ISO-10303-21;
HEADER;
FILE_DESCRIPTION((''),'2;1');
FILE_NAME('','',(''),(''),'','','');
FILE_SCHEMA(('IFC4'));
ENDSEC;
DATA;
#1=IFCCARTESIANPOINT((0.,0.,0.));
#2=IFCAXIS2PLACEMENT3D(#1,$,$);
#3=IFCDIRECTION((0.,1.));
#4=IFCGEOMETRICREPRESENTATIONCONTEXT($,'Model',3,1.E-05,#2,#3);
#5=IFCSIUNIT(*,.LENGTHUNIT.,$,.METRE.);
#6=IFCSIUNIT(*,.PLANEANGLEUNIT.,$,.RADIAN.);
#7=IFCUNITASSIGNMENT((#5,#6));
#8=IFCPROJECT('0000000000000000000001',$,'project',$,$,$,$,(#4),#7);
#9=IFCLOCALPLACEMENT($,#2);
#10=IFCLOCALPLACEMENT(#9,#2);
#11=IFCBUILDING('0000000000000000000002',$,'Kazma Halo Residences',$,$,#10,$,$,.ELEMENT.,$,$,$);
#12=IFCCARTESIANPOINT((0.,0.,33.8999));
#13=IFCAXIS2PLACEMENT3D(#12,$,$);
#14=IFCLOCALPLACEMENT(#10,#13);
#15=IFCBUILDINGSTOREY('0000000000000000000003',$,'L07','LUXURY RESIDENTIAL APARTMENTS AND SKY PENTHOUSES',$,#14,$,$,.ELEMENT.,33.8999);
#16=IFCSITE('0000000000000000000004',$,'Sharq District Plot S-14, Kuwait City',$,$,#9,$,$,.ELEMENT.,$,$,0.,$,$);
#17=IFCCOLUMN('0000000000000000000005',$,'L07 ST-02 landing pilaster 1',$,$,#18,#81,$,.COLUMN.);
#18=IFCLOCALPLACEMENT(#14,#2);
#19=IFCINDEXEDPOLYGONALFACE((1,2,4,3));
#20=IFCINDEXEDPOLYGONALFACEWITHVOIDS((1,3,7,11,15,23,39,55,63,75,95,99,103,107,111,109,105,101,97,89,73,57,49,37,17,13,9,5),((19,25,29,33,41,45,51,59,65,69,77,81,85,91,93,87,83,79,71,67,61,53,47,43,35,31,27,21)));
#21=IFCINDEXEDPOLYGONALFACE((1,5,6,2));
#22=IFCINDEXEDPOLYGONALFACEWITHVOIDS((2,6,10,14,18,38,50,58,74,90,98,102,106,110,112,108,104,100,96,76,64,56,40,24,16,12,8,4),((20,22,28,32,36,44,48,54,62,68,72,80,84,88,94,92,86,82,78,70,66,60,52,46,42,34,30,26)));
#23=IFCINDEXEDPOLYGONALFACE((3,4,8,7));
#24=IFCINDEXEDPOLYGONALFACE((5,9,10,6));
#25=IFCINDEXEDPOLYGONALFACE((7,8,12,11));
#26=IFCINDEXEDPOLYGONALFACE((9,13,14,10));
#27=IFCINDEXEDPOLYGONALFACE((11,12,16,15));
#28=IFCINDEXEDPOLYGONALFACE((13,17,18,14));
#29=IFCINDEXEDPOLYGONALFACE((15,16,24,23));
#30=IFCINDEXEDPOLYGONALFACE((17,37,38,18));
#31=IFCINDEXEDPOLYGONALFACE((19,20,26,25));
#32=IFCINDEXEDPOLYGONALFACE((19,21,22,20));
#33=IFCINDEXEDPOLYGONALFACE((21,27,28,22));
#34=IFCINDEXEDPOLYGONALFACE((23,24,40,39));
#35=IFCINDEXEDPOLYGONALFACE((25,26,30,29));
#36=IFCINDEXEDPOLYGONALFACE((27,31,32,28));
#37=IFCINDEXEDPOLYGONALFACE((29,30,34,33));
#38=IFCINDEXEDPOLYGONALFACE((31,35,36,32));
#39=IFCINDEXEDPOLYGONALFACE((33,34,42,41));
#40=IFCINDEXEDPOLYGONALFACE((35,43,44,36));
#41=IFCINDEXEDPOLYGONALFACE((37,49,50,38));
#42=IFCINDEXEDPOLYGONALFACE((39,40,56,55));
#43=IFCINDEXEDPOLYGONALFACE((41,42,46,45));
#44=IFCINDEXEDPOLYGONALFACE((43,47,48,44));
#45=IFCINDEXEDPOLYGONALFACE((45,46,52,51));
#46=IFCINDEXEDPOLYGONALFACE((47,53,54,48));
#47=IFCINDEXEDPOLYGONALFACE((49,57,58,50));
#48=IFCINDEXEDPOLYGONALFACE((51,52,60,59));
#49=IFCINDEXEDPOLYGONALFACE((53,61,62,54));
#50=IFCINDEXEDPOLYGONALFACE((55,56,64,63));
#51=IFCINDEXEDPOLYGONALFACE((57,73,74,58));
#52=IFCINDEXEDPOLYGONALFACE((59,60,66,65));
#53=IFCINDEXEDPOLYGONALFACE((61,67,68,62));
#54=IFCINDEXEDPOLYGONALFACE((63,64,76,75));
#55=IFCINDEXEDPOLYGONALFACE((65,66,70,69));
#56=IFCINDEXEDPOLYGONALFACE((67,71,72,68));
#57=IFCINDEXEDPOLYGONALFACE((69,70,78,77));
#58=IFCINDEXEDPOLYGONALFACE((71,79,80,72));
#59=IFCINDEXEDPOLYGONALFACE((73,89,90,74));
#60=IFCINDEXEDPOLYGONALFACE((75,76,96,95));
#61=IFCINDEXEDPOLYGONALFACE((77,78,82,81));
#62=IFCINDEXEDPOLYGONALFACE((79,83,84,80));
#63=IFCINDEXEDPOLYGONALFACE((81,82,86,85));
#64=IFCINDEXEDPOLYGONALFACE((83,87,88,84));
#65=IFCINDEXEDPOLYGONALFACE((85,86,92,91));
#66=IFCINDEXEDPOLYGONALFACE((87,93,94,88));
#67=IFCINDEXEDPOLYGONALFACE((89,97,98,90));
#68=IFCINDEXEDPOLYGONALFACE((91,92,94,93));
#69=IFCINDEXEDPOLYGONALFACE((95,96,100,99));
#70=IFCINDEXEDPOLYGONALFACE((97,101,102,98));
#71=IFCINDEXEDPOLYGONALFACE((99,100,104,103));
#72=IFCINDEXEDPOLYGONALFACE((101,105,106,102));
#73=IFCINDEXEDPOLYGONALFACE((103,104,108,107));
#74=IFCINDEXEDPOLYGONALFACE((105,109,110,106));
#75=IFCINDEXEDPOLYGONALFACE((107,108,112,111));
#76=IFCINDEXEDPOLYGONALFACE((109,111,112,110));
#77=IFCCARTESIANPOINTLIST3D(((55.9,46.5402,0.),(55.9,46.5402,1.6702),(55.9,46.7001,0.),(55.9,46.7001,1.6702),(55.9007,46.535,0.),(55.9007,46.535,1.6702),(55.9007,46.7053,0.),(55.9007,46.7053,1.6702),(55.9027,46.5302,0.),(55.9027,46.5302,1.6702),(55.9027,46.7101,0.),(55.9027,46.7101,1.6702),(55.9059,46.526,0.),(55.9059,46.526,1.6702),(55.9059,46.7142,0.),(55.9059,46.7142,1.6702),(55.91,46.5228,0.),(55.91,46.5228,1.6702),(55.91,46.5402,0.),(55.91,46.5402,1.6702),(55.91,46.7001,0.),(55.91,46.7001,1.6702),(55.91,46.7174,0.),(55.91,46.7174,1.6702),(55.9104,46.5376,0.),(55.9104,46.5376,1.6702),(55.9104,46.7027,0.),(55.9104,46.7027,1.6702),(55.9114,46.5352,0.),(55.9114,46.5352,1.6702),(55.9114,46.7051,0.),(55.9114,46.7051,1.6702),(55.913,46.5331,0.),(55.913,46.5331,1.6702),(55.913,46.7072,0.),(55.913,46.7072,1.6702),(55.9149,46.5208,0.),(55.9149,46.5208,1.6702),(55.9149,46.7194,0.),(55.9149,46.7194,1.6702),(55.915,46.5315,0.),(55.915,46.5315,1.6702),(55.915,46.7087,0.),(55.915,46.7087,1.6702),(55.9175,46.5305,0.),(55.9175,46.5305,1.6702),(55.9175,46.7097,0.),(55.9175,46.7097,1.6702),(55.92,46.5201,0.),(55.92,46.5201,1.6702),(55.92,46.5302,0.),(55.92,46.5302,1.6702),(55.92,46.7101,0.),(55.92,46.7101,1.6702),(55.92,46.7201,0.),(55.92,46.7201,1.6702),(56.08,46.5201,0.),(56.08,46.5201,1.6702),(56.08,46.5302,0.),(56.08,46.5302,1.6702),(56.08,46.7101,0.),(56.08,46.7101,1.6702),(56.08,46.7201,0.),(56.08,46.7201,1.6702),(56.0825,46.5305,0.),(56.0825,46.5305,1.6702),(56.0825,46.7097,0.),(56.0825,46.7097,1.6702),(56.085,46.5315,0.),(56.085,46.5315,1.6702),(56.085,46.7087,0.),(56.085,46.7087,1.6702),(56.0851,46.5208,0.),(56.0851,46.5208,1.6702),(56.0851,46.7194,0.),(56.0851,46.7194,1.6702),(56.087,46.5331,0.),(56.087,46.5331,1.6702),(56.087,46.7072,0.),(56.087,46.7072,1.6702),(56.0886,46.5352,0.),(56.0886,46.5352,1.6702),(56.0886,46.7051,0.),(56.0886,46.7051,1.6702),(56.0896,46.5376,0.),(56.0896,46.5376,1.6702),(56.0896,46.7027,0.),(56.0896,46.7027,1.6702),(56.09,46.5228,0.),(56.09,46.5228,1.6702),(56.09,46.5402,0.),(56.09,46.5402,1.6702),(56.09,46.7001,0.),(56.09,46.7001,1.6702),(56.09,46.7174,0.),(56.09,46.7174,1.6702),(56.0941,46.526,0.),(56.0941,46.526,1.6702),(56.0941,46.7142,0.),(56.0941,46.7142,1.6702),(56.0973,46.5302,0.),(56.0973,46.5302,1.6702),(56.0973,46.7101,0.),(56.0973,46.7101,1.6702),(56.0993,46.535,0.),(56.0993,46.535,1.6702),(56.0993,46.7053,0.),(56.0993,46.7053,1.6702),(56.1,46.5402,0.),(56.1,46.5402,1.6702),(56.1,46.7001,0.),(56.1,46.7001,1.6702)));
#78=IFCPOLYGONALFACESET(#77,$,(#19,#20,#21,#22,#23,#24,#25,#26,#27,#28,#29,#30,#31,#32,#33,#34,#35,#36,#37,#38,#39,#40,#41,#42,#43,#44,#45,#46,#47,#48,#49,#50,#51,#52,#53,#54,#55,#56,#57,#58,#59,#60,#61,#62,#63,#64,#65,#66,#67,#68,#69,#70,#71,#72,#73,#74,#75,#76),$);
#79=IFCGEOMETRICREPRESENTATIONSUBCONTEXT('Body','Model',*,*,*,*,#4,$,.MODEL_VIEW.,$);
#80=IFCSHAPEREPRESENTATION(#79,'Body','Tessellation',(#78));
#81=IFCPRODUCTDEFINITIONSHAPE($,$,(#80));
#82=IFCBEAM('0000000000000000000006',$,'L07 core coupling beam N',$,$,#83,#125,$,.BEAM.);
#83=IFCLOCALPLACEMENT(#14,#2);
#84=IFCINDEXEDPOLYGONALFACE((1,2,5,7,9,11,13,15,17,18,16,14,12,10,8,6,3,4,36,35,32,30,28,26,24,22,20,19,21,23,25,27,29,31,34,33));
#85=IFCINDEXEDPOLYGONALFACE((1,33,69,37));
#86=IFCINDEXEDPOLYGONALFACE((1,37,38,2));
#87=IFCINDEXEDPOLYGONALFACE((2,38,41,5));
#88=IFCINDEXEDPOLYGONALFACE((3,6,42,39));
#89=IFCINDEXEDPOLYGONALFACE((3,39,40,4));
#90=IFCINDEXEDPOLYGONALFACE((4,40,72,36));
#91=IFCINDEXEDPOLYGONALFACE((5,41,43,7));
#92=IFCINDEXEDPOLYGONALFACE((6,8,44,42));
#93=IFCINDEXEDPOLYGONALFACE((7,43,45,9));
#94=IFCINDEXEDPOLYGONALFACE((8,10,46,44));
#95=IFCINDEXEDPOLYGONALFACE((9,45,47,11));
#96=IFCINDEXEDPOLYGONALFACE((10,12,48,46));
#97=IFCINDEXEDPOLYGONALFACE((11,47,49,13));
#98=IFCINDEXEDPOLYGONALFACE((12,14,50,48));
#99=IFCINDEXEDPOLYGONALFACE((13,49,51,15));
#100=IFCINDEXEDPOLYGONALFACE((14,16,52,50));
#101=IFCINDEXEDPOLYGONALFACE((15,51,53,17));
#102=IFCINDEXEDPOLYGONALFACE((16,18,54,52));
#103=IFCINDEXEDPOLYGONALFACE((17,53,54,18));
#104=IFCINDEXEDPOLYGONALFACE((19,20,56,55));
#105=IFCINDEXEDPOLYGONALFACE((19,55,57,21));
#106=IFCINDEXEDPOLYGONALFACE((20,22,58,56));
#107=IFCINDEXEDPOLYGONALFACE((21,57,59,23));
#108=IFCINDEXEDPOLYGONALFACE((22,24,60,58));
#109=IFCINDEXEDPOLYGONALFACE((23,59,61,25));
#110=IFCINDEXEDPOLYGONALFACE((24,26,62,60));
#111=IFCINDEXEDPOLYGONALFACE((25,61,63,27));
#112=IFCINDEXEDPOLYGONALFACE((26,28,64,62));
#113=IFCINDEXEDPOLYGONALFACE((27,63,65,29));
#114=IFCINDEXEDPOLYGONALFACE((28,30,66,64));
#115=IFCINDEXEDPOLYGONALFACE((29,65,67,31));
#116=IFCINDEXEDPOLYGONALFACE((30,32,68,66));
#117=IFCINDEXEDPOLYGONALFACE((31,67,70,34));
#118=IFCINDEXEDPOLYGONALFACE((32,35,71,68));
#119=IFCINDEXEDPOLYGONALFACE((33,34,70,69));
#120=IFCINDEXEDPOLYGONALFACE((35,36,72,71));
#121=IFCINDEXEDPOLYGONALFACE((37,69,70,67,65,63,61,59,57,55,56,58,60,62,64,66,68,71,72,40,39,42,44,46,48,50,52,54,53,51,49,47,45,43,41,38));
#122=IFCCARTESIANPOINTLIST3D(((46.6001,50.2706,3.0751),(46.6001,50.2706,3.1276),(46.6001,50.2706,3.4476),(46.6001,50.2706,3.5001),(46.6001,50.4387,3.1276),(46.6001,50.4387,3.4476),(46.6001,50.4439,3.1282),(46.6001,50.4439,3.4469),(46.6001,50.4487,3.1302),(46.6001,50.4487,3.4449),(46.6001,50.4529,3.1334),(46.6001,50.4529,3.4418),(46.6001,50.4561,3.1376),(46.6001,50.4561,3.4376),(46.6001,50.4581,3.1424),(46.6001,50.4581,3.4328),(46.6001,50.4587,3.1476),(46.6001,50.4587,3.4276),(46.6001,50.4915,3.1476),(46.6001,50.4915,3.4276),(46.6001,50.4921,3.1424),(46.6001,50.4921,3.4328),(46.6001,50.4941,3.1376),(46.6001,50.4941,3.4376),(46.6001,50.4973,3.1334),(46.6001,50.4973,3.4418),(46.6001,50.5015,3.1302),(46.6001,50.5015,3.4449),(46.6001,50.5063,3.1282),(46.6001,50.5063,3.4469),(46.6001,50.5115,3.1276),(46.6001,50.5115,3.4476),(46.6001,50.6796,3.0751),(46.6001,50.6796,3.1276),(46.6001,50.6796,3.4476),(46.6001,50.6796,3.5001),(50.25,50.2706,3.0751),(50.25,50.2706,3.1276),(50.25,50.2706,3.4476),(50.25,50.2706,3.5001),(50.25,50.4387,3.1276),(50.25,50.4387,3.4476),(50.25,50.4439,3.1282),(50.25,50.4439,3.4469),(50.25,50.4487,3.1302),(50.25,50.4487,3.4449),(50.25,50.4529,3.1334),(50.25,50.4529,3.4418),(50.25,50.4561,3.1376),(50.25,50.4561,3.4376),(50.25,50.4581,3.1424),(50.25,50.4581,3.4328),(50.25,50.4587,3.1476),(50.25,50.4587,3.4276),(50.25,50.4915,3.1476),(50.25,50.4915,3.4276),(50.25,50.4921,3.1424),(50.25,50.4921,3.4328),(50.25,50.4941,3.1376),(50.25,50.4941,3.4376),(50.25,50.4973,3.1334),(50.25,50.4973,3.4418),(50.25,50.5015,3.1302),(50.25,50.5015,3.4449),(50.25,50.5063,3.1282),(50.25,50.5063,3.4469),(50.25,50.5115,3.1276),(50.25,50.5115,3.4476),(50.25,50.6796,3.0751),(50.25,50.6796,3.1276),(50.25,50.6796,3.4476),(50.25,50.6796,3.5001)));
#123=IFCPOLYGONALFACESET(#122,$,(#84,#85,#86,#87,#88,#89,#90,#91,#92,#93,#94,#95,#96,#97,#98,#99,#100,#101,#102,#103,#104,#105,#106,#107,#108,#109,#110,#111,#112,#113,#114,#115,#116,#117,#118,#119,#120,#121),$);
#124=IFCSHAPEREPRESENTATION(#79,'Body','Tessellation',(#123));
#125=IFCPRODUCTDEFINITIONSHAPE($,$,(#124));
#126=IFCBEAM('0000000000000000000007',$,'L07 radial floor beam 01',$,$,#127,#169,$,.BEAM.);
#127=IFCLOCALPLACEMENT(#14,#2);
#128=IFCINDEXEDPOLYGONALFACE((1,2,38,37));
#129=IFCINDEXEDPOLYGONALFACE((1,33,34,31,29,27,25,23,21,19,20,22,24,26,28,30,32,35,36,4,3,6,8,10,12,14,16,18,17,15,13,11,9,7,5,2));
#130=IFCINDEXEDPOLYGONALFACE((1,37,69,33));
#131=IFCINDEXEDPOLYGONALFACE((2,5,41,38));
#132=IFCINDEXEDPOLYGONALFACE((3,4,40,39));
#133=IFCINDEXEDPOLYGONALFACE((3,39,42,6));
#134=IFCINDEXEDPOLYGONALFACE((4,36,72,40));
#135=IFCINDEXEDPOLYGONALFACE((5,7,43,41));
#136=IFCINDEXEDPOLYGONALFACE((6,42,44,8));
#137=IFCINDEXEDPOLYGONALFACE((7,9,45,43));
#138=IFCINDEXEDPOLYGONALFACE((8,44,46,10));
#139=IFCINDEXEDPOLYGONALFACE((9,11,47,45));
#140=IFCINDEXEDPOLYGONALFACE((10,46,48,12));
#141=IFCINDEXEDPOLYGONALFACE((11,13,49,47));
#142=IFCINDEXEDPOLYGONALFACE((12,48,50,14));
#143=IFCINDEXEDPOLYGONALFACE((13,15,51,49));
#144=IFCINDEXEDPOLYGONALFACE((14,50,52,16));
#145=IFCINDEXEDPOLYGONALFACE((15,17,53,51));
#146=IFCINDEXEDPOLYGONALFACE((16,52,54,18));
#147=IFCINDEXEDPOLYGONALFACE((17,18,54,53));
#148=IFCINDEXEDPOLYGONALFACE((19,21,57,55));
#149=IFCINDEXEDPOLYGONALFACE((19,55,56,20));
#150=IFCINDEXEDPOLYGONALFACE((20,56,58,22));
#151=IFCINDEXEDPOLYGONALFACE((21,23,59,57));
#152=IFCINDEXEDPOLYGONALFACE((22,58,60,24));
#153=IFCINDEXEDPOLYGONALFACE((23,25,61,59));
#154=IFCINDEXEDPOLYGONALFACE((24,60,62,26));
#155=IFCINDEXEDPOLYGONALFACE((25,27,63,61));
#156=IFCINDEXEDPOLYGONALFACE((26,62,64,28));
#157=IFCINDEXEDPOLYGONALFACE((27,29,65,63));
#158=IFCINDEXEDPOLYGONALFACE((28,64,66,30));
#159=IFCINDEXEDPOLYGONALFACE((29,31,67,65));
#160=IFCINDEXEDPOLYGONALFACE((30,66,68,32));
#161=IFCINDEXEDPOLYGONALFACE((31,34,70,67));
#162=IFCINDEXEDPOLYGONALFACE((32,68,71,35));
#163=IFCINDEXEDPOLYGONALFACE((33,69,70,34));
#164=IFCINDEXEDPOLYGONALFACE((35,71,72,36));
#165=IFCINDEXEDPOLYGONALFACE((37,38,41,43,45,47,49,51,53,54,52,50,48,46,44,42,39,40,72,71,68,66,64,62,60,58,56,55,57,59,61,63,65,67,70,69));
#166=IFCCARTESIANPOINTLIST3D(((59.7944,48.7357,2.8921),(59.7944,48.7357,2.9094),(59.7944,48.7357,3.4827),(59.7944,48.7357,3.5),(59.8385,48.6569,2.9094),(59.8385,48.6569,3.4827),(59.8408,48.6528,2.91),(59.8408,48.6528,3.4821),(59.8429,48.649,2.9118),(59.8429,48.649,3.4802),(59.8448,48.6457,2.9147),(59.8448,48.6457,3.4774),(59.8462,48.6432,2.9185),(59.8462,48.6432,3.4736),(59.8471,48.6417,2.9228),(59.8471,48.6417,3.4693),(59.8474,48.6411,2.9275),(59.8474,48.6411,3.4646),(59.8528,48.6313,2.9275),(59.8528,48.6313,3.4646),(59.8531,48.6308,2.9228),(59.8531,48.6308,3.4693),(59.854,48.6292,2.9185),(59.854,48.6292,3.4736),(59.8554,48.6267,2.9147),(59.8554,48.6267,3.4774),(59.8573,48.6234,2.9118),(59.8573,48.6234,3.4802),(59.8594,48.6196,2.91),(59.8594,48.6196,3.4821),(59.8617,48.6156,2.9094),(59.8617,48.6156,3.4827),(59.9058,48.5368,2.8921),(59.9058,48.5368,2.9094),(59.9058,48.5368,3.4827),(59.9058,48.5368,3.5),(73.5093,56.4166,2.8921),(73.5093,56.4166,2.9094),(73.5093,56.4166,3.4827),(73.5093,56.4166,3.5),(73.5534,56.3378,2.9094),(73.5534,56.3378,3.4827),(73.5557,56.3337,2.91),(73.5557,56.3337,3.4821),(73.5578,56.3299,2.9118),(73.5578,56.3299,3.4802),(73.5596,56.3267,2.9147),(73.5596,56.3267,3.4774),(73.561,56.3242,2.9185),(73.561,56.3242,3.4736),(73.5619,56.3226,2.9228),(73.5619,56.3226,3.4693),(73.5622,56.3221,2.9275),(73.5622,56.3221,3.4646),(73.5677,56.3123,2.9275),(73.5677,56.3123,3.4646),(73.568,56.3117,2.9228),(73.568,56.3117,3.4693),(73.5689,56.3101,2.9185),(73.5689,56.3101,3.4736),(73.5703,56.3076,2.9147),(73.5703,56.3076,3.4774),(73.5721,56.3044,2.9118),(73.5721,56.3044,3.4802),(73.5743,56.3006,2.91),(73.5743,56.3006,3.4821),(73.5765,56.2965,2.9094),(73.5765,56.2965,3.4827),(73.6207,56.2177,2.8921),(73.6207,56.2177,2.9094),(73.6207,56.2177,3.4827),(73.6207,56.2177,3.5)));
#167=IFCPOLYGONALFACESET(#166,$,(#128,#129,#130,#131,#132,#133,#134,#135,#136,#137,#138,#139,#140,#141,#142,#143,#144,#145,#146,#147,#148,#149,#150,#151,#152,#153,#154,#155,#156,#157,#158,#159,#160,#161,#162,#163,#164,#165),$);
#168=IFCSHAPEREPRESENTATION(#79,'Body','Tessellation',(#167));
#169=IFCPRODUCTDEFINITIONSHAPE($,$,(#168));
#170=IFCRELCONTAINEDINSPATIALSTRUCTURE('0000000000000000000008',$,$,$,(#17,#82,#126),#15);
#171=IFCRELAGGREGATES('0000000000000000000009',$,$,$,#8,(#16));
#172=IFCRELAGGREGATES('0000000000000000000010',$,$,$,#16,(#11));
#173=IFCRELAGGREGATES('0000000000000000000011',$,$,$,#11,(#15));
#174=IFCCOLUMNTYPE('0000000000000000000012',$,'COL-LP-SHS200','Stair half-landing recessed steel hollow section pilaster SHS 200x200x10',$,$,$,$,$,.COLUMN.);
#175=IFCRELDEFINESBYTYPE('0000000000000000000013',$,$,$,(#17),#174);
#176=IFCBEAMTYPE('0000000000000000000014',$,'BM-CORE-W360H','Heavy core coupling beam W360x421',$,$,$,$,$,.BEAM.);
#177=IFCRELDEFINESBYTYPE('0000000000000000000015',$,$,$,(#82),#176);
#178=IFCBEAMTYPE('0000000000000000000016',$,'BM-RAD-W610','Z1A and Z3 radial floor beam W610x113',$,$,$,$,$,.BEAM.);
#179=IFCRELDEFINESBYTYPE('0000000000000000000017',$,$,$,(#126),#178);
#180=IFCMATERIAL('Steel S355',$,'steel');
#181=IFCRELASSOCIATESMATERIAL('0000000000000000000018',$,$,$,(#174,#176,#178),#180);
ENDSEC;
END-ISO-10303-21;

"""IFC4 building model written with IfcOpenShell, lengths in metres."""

from ifc_helpers import new_model, si_unit, direction, frame, origin, origin_2d, place, context, subcontext, project, spatial, hollow_rectangle, i_section, extrude, material, material_profile, profile_set, type_object, element, save


model = new_model("IFC4")

# Units and contexts
model_context = context("Model", 3, precision=1e-05, world=origin(), true_north=direction((0.0, 1.0)))
body_context = subcontext(model_context, "Body", "Model", "MODEL_VIEW")
ifc_project = project(units=[si_unit("LENGTHUNIT", "METRE"), si_unit("PLANEANGLEUNIT", "RADIAN")], contexts=[model_context])

# Site, building, storey
site_placement = place(None, origin())
site = spatial("IfcSite", under=ifc_project, at=site_placement, Name="Sharq District Plot S-14, Kuwait City", CompositionType="ELEMENT", RefElevation=0.0)
building_placement = place(site_placement, origin())
building = spatial("IfcBuilding", under=site, at=building_placement, Name="Kazma Halo Residences", CompositionType="ELEMENT")
storey_placement = place(building_placement, frame((0.0, 0.0, 33.8999)))
storey = spatial("IfcBuildingStorey", under=building, at=storey_placement, Name="L07", Description="LUXURY RESIDENTIAL APARTMENTS AND SKY PENTHOUSES", CompositionType="ELEMENT", Elevation=33.8999)

# Column
ifc_material_1 = material(Name="Steel S355", Category="steel")
ifc_material_profile_1 = material_profile(ifc_material_1, hollow_rectangle(XDim=0.2, YDim=0.2, WallThickness=0.01, InnerFilletRadius=0.01, OuterFilletRadius=0.02, at=origin_2d()), Name="SHS200x200x10")
ifc_profile_set_1 = profile_set([ifc_material_profile_1], Name="Steel S355")
column_type = type_object("IfcColumnType", Name="COL-LP-SHS200", Description="Stair half-landing recessed steel hollow section pilaster SHS 200x200x10", PredefinedType="COLUMN", material=ifc_profile_set_1)
column_placement = place(storey_placement, frame((56.0, 46.6201, 0.0), z_axis=(0.0, 0.0, 1.0), x_axis=(1.0, 0.0, 0.0)))
element("IfcColumn", 1, at=column_placement, inside=storey, type_object=column_type, Name="L07 ST-02 landing pilaster 1", PredefinedType="COLUMN", context=body_context, shape_type="SweptSolid", body=[
    extrude(hollow_rectangle(XDim=0.2, YDim=0.2, WallThickness=0.01, InnerFilletRadius=0.01, OuterFilletRadius=0.02, at=origin_2d()), origin(), (0.0, 0.0, 1.0), 1.6702),
])

# Beams
ifc_material_profile_2 = material_profile(ifc_material_1, i_section(OverallWidth=0.4089, OverallDepth=0.425, WebThickness=0.0327, FlangeThickness=0.0525, FilletRadius=0.02, at=origin_2d()), Name="W360x421")
ifc_profile_set_2 = profile_set([ifc_material_profile_2], Name="Steel S355")
beam_type_1 = type_object("IfcBeamType", Name="BM-CORE-W360H", Description="Heavy core coupling beam W360x421", PredefinedType="BEAM", material=ifc_profile_set_2)
beam_1_placement = place(storey_placement, frame((46.6001, 50.4751, 3.2876), z_axis=(1.0, 0.0, 0.0), x_axis=(0.0, 1.0, 0.0)))
element("IfcBeam", 2, at=beam_1_placement, inside=storey, type_object=beam_type_1, Name="L07 core coupling beam N", PredefinedType="BEAM", context=body_context, shape_type="SweptSolid", body=[
    extrude(i_section(OverallWidth=0.4089, OverallDepth=0.425, WebThickness=0.0327, FlangeThickness=0.0525, FilletRadius=0.02, at=origin_2d()), origin(), (0.0, 0.0, 1.0), 3.6499),
])
ifc_material_profile_3 = material_profile(ifc_material_1, i_section(OverallWidth=0.228, OverallDepth=0.6079, WebThickness=0.0112, FlangeThickness=0.0173, FilletRadius=0.0181, at=origin_2d()), Name="W610x113")
ifc_profile_set_3 = profile_set([ifc_material_profile_3], Name="Steel S355")
beam_type_2 = type_object("IfcBeamType", Name="BM-RAD-W610", Description="Z1A and Z3 radial floor beam W610x113", PredefinedType="BEAM", material=ifc_profile_set_3)
beam_2_placement = place(storey_placement, frame((59.8501, 48.6362, 3.196), z_axis=(0.87249, 0.488632, 0.0), x_axis=(-0.488632, 0.87249, 0.0)))
element("IfcBeam", 3, at=beam_2_placement, inside=storey, type_object=beam_type_2, Name="L07 radial floor beam 01", PredefinedType="BEAM", context=body_context, shape_type="SweptSolid", body=[
    extrude(i_section(OverallWidth=0.228, OverallDepth=0.6079, WebThickness=0.0112, FlangeThickness=0.0173, FilletRadius=0.0181, at=origin_2d()), origin(), (0.0, 0.0, 1.0), 15.7192),
])

save(model, "model.ifc")
